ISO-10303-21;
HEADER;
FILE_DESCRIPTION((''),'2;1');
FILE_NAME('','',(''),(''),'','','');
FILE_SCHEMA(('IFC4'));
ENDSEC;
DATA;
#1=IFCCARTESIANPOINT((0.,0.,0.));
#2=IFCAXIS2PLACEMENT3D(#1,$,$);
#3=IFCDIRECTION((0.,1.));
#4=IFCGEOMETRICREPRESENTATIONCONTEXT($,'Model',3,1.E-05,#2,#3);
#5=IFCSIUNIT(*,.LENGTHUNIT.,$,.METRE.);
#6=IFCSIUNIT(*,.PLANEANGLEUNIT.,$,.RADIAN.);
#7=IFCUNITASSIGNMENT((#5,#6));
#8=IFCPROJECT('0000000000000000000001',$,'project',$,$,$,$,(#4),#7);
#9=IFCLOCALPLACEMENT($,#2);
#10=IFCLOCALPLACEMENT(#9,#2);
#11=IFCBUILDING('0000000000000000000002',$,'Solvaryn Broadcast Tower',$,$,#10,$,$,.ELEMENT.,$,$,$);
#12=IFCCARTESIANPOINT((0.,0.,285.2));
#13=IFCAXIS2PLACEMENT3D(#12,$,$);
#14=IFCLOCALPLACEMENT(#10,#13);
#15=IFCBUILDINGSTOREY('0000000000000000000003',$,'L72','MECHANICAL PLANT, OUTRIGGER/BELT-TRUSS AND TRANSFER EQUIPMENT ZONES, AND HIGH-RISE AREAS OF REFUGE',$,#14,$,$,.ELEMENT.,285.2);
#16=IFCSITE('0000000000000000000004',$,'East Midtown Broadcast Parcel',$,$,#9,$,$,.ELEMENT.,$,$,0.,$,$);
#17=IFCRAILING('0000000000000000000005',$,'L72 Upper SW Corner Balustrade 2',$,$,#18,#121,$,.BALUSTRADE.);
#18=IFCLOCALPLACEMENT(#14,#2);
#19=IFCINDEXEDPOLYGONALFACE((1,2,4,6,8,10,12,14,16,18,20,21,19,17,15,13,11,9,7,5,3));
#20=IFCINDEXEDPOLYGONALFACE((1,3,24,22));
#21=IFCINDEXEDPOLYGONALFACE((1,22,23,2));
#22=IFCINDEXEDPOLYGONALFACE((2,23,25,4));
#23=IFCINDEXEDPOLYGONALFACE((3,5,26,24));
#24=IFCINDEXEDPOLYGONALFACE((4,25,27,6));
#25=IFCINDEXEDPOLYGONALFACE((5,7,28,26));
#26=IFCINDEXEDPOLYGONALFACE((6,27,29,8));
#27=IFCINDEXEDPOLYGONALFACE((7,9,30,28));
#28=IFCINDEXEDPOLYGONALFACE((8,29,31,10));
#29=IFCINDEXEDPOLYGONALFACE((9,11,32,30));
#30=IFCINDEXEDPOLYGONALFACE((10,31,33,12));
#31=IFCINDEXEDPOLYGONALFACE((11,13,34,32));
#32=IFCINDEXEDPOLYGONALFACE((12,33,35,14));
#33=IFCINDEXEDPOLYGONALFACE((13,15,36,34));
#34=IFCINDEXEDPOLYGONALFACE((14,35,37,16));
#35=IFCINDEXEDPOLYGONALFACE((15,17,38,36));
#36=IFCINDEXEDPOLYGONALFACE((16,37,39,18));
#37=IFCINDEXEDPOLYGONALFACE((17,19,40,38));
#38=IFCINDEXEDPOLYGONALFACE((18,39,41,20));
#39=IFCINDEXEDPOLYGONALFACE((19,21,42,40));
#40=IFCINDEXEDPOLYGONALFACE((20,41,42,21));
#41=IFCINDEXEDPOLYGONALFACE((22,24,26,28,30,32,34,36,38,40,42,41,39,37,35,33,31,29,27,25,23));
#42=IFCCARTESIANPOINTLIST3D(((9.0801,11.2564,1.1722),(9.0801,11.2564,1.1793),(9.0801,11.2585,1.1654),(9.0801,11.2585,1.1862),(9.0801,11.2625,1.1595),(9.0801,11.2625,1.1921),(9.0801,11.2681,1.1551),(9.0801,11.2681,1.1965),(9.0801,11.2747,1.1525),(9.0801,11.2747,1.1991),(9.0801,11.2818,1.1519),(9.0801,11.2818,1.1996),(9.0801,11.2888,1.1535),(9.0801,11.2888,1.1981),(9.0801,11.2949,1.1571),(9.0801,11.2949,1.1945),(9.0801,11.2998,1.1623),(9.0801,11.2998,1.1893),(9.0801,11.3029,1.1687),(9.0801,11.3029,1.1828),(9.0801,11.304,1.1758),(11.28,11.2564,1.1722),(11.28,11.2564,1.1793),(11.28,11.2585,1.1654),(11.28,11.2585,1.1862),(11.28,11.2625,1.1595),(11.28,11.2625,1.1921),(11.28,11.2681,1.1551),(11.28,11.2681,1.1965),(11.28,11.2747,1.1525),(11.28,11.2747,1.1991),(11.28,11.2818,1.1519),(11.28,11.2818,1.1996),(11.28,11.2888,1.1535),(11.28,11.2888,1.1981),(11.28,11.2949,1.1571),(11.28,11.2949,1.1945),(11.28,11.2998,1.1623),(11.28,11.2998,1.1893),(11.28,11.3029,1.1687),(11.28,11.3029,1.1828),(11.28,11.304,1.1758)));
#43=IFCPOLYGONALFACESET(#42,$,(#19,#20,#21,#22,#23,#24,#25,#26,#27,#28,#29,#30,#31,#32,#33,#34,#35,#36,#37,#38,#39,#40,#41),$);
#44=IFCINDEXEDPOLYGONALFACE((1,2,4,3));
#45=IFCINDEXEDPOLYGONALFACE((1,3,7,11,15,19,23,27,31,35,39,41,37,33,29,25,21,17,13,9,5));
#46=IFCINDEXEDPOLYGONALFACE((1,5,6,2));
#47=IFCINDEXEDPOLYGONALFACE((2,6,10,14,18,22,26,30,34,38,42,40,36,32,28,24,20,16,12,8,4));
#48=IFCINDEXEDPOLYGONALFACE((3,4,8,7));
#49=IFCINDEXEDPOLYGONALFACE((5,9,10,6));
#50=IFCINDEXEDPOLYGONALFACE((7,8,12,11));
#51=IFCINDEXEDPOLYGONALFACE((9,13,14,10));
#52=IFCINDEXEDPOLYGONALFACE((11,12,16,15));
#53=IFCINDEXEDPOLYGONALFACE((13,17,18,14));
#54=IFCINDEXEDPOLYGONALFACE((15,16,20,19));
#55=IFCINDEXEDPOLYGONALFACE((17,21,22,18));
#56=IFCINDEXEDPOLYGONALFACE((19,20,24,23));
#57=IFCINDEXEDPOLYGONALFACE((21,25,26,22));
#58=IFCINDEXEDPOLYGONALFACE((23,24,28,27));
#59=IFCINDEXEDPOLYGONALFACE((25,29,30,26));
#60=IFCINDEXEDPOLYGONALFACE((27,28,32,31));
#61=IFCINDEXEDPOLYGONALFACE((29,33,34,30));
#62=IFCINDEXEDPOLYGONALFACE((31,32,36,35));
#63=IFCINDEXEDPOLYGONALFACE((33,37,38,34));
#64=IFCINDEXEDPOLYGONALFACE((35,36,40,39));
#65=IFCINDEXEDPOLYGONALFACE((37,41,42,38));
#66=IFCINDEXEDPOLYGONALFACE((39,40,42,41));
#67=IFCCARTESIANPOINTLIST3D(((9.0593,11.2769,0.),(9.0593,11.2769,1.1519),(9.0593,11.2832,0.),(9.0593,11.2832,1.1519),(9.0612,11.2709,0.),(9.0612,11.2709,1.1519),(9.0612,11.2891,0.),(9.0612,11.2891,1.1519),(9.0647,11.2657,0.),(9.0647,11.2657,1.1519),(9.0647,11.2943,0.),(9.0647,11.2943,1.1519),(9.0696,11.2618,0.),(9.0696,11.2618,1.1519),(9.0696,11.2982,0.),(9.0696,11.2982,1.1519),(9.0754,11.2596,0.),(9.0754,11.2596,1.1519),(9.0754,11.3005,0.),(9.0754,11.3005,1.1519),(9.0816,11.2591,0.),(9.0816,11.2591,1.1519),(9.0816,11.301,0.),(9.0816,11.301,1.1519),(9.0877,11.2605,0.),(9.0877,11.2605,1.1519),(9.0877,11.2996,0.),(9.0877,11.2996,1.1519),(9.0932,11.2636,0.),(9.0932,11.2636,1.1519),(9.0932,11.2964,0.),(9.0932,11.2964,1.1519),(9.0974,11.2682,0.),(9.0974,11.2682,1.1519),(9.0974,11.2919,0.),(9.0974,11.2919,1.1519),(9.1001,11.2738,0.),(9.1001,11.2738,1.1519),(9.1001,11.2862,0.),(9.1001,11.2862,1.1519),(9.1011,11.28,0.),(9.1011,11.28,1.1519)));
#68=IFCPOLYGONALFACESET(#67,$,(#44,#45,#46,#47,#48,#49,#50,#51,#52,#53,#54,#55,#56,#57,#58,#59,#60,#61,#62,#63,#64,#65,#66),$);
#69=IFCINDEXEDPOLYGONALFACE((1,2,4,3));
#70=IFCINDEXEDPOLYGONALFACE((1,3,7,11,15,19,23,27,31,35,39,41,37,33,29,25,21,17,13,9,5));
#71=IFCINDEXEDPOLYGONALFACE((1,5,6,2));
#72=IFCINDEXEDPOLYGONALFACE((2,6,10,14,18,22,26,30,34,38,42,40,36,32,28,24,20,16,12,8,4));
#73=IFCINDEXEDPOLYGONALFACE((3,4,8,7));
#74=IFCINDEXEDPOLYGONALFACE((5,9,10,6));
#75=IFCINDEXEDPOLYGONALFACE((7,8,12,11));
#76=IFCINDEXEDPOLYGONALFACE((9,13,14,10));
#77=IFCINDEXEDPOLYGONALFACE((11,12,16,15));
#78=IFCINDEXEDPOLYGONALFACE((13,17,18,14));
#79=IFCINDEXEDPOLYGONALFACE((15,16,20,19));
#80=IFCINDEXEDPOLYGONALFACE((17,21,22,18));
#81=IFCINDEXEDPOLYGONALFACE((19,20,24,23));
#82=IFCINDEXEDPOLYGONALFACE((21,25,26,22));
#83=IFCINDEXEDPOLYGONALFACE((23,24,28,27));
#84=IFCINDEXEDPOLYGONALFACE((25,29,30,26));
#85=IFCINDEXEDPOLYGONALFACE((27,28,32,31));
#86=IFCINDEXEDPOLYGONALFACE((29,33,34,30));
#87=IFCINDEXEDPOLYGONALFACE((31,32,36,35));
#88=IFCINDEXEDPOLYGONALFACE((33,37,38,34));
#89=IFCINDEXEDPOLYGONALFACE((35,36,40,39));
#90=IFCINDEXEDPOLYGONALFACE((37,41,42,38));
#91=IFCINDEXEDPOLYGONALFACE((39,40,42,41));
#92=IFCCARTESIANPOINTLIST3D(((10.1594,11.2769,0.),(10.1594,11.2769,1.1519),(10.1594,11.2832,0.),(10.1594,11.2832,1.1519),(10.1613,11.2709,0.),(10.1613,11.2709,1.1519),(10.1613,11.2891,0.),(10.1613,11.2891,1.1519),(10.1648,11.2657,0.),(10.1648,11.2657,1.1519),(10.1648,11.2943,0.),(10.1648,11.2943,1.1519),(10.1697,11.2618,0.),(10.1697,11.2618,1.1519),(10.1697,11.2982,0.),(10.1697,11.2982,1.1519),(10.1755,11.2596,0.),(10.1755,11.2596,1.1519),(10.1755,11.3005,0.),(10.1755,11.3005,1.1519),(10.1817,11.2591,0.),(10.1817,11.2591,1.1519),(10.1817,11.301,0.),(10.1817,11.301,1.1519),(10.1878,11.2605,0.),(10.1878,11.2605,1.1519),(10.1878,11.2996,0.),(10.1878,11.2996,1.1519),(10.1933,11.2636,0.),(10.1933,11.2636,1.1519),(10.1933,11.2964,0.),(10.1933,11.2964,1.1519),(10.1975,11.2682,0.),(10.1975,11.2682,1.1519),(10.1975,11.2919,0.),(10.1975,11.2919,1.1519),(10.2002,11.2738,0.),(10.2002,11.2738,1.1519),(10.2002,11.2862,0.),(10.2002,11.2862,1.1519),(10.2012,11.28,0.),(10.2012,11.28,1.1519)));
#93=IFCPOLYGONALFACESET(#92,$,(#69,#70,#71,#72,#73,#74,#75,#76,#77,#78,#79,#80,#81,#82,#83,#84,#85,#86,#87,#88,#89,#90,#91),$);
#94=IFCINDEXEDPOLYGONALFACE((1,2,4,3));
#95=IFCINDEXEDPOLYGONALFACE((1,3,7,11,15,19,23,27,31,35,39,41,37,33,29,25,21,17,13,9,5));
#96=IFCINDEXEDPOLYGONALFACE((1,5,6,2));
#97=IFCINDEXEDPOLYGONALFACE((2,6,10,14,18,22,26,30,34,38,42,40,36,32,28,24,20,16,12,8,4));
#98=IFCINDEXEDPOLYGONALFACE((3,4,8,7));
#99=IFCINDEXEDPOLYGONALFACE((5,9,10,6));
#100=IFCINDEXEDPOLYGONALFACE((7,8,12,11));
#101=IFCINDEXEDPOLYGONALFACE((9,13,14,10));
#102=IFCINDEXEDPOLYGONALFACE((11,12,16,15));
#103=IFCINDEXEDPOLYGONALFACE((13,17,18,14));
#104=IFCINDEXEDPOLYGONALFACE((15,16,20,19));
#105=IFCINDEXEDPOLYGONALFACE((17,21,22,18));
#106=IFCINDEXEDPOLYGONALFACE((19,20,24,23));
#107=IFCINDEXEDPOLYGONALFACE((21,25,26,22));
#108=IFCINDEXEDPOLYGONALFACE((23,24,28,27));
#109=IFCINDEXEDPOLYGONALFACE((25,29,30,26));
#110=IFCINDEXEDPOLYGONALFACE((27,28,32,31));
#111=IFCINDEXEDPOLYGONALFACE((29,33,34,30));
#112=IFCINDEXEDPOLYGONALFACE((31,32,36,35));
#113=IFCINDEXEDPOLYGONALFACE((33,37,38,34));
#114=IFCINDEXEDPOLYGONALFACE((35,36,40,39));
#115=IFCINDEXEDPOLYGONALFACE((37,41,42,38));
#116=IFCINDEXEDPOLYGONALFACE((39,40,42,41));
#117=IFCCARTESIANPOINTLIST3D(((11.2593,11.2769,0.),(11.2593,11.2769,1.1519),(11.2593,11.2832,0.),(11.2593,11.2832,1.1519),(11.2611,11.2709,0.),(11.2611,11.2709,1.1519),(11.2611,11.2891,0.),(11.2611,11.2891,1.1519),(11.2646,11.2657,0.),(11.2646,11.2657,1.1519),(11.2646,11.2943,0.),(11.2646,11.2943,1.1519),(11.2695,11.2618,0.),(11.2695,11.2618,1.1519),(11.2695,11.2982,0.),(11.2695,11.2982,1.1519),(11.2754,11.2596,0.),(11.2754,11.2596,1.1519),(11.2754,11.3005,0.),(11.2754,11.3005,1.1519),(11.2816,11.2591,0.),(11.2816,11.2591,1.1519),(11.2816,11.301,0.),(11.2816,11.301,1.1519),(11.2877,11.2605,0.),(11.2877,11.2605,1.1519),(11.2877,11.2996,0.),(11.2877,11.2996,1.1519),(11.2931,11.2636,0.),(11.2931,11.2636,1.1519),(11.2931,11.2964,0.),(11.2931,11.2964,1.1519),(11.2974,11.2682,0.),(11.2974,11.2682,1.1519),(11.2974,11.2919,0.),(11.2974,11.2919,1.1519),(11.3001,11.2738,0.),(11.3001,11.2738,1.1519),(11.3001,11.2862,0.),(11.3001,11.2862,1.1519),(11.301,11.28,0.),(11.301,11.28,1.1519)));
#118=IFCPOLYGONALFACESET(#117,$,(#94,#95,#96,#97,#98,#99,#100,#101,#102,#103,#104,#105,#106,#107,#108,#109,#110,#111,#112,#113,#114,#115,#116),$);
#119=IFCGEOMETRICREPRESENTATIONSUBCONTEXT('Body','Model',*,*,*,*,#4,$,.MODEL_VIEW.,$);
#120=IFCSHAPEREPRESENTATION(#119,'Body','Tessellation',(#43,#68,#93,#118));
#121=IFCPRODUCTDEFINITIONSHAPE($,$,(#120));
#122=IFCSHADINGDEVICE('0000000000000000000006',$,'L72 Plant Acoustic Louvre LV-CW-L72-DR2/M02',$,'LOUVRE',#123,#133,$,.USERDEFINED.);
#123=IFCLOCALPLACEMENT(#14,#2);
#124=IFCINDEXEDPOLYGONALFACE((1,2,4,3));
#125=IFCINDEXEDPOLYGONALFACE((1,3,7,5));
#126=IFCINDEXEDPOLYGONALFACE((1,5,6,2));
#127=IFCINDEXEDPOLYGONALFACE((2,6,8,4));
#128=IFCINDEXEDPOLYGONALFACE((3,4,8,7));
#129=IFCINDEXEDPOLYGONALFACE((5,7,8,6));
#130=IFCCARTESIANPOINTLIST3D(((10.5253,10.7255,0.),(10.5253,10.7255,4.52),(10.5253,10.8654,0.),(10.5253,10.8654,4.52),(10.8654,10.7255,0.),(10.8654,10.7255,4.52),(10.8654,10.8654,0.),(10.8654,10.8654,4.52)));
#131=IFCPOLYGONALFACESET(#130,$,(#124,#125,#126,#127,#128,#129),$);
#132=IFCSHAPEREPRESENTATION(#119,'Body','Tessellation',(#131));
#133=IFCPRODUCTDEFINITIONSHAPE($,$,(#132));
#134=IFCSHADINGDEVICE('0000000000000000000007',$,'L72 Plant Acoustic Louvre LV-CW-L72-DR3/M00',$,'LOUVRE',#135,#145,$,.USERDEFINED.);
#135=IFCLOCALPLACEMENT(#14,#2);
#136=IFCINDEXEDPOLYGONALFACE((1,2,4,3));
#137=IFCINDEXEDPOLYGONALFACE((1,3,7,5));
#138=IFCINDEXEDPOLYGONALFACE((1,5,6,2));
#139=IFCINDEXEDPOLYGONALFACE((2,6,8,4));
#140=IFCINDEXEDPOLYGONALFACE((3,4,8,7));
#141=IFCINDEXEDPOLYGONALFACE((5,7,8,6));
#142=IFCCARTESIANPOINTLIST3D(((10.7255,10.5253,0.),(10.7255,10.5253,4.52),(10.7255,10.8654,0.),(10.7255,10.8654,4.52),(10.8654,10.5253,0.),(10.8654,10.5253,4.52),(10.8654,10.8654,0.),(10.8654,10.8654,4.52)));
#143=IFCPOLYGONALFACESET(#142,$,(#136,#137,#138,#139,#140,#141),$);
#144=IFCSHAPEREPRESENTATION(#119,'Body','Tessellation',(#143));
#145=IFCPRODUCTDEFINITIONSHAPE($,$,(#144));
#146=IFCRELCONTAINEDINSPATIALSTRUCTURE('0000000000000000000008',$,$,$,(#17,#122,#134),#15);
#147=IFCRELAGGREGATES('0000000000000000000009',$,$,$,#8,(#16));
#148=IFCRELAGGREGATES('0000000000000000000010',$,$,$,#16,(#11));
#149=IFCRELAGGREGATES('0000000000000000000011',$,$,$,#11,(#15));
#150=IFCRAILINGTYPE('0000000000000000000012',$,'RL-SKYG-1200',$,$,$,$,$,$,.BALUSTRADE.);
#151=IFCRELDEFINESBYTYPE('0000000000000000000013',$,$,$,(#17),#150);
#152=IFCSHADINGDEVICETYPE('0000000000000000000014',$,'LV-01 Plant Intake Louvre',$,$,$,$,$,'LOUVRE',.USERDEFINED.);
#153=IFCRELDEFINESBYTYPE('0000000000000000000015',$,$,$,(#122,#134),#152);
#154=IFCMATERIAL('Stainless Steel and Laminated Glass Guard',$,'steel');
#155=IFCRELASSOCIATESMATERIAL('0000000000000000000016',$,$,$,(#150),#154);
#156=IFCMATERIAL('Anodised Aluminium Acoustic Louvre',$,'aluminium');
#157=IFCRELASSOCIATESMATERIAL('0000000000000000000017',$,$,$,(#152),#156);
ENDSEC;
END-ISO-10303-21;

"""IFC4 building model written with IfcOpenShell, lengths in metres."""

from ifc_helpers import new_model, si_unit, direction, frame, origin, origin_2d, place, context, subcontext, project, spatial, rectangle, circle, extrude, material, type_object, element, save


model = new_model("IFC4")

# Units and contexts
model_context = context("Model", 3, precision=1e-05, world=origin(), true_north=direction((0.0, 1.0)))
body_context = subcontext(model_context, "Body", "Model", "MODEL_VIEW")
ifc_project = project(units=[si_unit("LENGTHUNIT", "METRE"), si_unit("PLANEANGLEUNIT", "RADIAN")], contexts=[model_context])

# Site, building, storey
site_placement = place(None, origin())
site = spatial("IfcSite", under=ifc_project, at=site_placement, Name="East Midtown Broadcast Parcel", CompositionType="ELEMENT", RefElevation=0.0)
building_placement = place(site_placement, origin())
building = spatial("IfcBuilding", under=site, at=building_placement, Name="Solvaryn Broadcast Tower", CompositionType="ELEMENT")
storey_placement = place(building_placement, frame((0.0, 0.0, 285.2)))
storey = spatial("IfcBuildingStorey", under=building, at=storey_placement, Name="L72", Description="MECHANICAL PLANT, OUTRIGGER/BELT-TRUSS AND TRANSFER EQUIPMENT ZONES, AND HIGH-RISE AREAS OF REFUGE", CompositionType="ELEMENT", Elevation=285.2)

# Railing
ifc_material_1 = material(Name="Stainless Steel and Laminated Glass Guard", Category="steel")
railing_type = type_object("IfcRailingType", Name="RL-SKYG-1200", PredefinedType="BALUSTRADE", material=ifc_material_1)
railing_1_placement = place(storey_placement, frame((9.0801, 11.28, 0.0)))
element("IfcRailing", 1, at=railing_1_placement, inside=storey, type_object=railing_type, Name="L72 Upper SW Corner Balustrade 2", PredefinedType="BALUSTRADE", context=body_context, shape_type="SweptSolid", body=[
    extrude(circle(Radius=0.0239, at=origin_2d()), frame((0.0, 0.0, 1.1758), z_axis=(1.0, 0.0, 0.0), x_axis=(0.0, 1.0, 0.0)), (0.0, 0.0, 1.0), 2.2),
    extrude(circle(Radius=0.021, at=origin_2d()), origin(), (0.0, 0.0, 1.0), 1.1519),
    extrude(circle(Radius=0.021, at=origin_2d()), frame((1.1001, 0.0, 0.0)), (0.0, 0.0, 1.0), 1.1519),
    extrude(circle(Radius=0.021, at=origin_2d()), frame((2.2, 0.0, 0.0)), (0.0, 0.0, 1.0), 1.1519),
])

# Shading devices
ifc_material_2 = material(Name="Anodised Aluminium Acoustic Louvre", Category="aluminium")
shading_device_type = type_object("IfcShadingDeviceType", Name="LV-01 Plant Intake Louvre", ElementType="LOUVRE", PredefinedType="USERDEFINED", material=ifc_material_2)
shading_device_1_placement = place(storey_placement, frame((10.6953, 10.7954, 0.0), z_axis=(0.0, 0.0, 1.0), x_axis=(1.0, 0.0, 0.0)))
element("IfcShadingDevice", 2, at=shading_device_1_placement, inside=storey, type_object=shading_device_type, Name="L72 Plant Acoustic Louvre LV-CW-L72-DR2/M02", ObjectType="LOUVRE", PredefinedType="USERDEFINED", context=body_context, shape_type="SweptSolid", body=[
    extrude(rectangle(XDim=0.3401, YDim=0.1399, at=origin_2d()), origin(), (0.0, 0.0, 1.0), 4.52),
])
shading_device_2_placement = place(storey_placement, frame((10.7954, 10.6953, 0.0), z_axis=(0.0, 0.0, 1.0), x_axis=(1.0, 0.0, 0.0)))
element("IfcShadingDevice", 3, at=shading_device_2_placement, inside=storey, type_object=shading_device_type, Name="L72 Plant Acoustic Louvre LV-CW-L72-DR3/M00", ObjectType="LOUVRE", PredefinedType="USERDEFINED", context=body_context, shape_type="SweptSolid", body=[
    extrude(rectangle(XDim=0.1399, YDim=0.3401, at=origin_2d()), origin(), (0.0, 0.0, 1.0), 4.52),
])

save(model, "model.ifc")
